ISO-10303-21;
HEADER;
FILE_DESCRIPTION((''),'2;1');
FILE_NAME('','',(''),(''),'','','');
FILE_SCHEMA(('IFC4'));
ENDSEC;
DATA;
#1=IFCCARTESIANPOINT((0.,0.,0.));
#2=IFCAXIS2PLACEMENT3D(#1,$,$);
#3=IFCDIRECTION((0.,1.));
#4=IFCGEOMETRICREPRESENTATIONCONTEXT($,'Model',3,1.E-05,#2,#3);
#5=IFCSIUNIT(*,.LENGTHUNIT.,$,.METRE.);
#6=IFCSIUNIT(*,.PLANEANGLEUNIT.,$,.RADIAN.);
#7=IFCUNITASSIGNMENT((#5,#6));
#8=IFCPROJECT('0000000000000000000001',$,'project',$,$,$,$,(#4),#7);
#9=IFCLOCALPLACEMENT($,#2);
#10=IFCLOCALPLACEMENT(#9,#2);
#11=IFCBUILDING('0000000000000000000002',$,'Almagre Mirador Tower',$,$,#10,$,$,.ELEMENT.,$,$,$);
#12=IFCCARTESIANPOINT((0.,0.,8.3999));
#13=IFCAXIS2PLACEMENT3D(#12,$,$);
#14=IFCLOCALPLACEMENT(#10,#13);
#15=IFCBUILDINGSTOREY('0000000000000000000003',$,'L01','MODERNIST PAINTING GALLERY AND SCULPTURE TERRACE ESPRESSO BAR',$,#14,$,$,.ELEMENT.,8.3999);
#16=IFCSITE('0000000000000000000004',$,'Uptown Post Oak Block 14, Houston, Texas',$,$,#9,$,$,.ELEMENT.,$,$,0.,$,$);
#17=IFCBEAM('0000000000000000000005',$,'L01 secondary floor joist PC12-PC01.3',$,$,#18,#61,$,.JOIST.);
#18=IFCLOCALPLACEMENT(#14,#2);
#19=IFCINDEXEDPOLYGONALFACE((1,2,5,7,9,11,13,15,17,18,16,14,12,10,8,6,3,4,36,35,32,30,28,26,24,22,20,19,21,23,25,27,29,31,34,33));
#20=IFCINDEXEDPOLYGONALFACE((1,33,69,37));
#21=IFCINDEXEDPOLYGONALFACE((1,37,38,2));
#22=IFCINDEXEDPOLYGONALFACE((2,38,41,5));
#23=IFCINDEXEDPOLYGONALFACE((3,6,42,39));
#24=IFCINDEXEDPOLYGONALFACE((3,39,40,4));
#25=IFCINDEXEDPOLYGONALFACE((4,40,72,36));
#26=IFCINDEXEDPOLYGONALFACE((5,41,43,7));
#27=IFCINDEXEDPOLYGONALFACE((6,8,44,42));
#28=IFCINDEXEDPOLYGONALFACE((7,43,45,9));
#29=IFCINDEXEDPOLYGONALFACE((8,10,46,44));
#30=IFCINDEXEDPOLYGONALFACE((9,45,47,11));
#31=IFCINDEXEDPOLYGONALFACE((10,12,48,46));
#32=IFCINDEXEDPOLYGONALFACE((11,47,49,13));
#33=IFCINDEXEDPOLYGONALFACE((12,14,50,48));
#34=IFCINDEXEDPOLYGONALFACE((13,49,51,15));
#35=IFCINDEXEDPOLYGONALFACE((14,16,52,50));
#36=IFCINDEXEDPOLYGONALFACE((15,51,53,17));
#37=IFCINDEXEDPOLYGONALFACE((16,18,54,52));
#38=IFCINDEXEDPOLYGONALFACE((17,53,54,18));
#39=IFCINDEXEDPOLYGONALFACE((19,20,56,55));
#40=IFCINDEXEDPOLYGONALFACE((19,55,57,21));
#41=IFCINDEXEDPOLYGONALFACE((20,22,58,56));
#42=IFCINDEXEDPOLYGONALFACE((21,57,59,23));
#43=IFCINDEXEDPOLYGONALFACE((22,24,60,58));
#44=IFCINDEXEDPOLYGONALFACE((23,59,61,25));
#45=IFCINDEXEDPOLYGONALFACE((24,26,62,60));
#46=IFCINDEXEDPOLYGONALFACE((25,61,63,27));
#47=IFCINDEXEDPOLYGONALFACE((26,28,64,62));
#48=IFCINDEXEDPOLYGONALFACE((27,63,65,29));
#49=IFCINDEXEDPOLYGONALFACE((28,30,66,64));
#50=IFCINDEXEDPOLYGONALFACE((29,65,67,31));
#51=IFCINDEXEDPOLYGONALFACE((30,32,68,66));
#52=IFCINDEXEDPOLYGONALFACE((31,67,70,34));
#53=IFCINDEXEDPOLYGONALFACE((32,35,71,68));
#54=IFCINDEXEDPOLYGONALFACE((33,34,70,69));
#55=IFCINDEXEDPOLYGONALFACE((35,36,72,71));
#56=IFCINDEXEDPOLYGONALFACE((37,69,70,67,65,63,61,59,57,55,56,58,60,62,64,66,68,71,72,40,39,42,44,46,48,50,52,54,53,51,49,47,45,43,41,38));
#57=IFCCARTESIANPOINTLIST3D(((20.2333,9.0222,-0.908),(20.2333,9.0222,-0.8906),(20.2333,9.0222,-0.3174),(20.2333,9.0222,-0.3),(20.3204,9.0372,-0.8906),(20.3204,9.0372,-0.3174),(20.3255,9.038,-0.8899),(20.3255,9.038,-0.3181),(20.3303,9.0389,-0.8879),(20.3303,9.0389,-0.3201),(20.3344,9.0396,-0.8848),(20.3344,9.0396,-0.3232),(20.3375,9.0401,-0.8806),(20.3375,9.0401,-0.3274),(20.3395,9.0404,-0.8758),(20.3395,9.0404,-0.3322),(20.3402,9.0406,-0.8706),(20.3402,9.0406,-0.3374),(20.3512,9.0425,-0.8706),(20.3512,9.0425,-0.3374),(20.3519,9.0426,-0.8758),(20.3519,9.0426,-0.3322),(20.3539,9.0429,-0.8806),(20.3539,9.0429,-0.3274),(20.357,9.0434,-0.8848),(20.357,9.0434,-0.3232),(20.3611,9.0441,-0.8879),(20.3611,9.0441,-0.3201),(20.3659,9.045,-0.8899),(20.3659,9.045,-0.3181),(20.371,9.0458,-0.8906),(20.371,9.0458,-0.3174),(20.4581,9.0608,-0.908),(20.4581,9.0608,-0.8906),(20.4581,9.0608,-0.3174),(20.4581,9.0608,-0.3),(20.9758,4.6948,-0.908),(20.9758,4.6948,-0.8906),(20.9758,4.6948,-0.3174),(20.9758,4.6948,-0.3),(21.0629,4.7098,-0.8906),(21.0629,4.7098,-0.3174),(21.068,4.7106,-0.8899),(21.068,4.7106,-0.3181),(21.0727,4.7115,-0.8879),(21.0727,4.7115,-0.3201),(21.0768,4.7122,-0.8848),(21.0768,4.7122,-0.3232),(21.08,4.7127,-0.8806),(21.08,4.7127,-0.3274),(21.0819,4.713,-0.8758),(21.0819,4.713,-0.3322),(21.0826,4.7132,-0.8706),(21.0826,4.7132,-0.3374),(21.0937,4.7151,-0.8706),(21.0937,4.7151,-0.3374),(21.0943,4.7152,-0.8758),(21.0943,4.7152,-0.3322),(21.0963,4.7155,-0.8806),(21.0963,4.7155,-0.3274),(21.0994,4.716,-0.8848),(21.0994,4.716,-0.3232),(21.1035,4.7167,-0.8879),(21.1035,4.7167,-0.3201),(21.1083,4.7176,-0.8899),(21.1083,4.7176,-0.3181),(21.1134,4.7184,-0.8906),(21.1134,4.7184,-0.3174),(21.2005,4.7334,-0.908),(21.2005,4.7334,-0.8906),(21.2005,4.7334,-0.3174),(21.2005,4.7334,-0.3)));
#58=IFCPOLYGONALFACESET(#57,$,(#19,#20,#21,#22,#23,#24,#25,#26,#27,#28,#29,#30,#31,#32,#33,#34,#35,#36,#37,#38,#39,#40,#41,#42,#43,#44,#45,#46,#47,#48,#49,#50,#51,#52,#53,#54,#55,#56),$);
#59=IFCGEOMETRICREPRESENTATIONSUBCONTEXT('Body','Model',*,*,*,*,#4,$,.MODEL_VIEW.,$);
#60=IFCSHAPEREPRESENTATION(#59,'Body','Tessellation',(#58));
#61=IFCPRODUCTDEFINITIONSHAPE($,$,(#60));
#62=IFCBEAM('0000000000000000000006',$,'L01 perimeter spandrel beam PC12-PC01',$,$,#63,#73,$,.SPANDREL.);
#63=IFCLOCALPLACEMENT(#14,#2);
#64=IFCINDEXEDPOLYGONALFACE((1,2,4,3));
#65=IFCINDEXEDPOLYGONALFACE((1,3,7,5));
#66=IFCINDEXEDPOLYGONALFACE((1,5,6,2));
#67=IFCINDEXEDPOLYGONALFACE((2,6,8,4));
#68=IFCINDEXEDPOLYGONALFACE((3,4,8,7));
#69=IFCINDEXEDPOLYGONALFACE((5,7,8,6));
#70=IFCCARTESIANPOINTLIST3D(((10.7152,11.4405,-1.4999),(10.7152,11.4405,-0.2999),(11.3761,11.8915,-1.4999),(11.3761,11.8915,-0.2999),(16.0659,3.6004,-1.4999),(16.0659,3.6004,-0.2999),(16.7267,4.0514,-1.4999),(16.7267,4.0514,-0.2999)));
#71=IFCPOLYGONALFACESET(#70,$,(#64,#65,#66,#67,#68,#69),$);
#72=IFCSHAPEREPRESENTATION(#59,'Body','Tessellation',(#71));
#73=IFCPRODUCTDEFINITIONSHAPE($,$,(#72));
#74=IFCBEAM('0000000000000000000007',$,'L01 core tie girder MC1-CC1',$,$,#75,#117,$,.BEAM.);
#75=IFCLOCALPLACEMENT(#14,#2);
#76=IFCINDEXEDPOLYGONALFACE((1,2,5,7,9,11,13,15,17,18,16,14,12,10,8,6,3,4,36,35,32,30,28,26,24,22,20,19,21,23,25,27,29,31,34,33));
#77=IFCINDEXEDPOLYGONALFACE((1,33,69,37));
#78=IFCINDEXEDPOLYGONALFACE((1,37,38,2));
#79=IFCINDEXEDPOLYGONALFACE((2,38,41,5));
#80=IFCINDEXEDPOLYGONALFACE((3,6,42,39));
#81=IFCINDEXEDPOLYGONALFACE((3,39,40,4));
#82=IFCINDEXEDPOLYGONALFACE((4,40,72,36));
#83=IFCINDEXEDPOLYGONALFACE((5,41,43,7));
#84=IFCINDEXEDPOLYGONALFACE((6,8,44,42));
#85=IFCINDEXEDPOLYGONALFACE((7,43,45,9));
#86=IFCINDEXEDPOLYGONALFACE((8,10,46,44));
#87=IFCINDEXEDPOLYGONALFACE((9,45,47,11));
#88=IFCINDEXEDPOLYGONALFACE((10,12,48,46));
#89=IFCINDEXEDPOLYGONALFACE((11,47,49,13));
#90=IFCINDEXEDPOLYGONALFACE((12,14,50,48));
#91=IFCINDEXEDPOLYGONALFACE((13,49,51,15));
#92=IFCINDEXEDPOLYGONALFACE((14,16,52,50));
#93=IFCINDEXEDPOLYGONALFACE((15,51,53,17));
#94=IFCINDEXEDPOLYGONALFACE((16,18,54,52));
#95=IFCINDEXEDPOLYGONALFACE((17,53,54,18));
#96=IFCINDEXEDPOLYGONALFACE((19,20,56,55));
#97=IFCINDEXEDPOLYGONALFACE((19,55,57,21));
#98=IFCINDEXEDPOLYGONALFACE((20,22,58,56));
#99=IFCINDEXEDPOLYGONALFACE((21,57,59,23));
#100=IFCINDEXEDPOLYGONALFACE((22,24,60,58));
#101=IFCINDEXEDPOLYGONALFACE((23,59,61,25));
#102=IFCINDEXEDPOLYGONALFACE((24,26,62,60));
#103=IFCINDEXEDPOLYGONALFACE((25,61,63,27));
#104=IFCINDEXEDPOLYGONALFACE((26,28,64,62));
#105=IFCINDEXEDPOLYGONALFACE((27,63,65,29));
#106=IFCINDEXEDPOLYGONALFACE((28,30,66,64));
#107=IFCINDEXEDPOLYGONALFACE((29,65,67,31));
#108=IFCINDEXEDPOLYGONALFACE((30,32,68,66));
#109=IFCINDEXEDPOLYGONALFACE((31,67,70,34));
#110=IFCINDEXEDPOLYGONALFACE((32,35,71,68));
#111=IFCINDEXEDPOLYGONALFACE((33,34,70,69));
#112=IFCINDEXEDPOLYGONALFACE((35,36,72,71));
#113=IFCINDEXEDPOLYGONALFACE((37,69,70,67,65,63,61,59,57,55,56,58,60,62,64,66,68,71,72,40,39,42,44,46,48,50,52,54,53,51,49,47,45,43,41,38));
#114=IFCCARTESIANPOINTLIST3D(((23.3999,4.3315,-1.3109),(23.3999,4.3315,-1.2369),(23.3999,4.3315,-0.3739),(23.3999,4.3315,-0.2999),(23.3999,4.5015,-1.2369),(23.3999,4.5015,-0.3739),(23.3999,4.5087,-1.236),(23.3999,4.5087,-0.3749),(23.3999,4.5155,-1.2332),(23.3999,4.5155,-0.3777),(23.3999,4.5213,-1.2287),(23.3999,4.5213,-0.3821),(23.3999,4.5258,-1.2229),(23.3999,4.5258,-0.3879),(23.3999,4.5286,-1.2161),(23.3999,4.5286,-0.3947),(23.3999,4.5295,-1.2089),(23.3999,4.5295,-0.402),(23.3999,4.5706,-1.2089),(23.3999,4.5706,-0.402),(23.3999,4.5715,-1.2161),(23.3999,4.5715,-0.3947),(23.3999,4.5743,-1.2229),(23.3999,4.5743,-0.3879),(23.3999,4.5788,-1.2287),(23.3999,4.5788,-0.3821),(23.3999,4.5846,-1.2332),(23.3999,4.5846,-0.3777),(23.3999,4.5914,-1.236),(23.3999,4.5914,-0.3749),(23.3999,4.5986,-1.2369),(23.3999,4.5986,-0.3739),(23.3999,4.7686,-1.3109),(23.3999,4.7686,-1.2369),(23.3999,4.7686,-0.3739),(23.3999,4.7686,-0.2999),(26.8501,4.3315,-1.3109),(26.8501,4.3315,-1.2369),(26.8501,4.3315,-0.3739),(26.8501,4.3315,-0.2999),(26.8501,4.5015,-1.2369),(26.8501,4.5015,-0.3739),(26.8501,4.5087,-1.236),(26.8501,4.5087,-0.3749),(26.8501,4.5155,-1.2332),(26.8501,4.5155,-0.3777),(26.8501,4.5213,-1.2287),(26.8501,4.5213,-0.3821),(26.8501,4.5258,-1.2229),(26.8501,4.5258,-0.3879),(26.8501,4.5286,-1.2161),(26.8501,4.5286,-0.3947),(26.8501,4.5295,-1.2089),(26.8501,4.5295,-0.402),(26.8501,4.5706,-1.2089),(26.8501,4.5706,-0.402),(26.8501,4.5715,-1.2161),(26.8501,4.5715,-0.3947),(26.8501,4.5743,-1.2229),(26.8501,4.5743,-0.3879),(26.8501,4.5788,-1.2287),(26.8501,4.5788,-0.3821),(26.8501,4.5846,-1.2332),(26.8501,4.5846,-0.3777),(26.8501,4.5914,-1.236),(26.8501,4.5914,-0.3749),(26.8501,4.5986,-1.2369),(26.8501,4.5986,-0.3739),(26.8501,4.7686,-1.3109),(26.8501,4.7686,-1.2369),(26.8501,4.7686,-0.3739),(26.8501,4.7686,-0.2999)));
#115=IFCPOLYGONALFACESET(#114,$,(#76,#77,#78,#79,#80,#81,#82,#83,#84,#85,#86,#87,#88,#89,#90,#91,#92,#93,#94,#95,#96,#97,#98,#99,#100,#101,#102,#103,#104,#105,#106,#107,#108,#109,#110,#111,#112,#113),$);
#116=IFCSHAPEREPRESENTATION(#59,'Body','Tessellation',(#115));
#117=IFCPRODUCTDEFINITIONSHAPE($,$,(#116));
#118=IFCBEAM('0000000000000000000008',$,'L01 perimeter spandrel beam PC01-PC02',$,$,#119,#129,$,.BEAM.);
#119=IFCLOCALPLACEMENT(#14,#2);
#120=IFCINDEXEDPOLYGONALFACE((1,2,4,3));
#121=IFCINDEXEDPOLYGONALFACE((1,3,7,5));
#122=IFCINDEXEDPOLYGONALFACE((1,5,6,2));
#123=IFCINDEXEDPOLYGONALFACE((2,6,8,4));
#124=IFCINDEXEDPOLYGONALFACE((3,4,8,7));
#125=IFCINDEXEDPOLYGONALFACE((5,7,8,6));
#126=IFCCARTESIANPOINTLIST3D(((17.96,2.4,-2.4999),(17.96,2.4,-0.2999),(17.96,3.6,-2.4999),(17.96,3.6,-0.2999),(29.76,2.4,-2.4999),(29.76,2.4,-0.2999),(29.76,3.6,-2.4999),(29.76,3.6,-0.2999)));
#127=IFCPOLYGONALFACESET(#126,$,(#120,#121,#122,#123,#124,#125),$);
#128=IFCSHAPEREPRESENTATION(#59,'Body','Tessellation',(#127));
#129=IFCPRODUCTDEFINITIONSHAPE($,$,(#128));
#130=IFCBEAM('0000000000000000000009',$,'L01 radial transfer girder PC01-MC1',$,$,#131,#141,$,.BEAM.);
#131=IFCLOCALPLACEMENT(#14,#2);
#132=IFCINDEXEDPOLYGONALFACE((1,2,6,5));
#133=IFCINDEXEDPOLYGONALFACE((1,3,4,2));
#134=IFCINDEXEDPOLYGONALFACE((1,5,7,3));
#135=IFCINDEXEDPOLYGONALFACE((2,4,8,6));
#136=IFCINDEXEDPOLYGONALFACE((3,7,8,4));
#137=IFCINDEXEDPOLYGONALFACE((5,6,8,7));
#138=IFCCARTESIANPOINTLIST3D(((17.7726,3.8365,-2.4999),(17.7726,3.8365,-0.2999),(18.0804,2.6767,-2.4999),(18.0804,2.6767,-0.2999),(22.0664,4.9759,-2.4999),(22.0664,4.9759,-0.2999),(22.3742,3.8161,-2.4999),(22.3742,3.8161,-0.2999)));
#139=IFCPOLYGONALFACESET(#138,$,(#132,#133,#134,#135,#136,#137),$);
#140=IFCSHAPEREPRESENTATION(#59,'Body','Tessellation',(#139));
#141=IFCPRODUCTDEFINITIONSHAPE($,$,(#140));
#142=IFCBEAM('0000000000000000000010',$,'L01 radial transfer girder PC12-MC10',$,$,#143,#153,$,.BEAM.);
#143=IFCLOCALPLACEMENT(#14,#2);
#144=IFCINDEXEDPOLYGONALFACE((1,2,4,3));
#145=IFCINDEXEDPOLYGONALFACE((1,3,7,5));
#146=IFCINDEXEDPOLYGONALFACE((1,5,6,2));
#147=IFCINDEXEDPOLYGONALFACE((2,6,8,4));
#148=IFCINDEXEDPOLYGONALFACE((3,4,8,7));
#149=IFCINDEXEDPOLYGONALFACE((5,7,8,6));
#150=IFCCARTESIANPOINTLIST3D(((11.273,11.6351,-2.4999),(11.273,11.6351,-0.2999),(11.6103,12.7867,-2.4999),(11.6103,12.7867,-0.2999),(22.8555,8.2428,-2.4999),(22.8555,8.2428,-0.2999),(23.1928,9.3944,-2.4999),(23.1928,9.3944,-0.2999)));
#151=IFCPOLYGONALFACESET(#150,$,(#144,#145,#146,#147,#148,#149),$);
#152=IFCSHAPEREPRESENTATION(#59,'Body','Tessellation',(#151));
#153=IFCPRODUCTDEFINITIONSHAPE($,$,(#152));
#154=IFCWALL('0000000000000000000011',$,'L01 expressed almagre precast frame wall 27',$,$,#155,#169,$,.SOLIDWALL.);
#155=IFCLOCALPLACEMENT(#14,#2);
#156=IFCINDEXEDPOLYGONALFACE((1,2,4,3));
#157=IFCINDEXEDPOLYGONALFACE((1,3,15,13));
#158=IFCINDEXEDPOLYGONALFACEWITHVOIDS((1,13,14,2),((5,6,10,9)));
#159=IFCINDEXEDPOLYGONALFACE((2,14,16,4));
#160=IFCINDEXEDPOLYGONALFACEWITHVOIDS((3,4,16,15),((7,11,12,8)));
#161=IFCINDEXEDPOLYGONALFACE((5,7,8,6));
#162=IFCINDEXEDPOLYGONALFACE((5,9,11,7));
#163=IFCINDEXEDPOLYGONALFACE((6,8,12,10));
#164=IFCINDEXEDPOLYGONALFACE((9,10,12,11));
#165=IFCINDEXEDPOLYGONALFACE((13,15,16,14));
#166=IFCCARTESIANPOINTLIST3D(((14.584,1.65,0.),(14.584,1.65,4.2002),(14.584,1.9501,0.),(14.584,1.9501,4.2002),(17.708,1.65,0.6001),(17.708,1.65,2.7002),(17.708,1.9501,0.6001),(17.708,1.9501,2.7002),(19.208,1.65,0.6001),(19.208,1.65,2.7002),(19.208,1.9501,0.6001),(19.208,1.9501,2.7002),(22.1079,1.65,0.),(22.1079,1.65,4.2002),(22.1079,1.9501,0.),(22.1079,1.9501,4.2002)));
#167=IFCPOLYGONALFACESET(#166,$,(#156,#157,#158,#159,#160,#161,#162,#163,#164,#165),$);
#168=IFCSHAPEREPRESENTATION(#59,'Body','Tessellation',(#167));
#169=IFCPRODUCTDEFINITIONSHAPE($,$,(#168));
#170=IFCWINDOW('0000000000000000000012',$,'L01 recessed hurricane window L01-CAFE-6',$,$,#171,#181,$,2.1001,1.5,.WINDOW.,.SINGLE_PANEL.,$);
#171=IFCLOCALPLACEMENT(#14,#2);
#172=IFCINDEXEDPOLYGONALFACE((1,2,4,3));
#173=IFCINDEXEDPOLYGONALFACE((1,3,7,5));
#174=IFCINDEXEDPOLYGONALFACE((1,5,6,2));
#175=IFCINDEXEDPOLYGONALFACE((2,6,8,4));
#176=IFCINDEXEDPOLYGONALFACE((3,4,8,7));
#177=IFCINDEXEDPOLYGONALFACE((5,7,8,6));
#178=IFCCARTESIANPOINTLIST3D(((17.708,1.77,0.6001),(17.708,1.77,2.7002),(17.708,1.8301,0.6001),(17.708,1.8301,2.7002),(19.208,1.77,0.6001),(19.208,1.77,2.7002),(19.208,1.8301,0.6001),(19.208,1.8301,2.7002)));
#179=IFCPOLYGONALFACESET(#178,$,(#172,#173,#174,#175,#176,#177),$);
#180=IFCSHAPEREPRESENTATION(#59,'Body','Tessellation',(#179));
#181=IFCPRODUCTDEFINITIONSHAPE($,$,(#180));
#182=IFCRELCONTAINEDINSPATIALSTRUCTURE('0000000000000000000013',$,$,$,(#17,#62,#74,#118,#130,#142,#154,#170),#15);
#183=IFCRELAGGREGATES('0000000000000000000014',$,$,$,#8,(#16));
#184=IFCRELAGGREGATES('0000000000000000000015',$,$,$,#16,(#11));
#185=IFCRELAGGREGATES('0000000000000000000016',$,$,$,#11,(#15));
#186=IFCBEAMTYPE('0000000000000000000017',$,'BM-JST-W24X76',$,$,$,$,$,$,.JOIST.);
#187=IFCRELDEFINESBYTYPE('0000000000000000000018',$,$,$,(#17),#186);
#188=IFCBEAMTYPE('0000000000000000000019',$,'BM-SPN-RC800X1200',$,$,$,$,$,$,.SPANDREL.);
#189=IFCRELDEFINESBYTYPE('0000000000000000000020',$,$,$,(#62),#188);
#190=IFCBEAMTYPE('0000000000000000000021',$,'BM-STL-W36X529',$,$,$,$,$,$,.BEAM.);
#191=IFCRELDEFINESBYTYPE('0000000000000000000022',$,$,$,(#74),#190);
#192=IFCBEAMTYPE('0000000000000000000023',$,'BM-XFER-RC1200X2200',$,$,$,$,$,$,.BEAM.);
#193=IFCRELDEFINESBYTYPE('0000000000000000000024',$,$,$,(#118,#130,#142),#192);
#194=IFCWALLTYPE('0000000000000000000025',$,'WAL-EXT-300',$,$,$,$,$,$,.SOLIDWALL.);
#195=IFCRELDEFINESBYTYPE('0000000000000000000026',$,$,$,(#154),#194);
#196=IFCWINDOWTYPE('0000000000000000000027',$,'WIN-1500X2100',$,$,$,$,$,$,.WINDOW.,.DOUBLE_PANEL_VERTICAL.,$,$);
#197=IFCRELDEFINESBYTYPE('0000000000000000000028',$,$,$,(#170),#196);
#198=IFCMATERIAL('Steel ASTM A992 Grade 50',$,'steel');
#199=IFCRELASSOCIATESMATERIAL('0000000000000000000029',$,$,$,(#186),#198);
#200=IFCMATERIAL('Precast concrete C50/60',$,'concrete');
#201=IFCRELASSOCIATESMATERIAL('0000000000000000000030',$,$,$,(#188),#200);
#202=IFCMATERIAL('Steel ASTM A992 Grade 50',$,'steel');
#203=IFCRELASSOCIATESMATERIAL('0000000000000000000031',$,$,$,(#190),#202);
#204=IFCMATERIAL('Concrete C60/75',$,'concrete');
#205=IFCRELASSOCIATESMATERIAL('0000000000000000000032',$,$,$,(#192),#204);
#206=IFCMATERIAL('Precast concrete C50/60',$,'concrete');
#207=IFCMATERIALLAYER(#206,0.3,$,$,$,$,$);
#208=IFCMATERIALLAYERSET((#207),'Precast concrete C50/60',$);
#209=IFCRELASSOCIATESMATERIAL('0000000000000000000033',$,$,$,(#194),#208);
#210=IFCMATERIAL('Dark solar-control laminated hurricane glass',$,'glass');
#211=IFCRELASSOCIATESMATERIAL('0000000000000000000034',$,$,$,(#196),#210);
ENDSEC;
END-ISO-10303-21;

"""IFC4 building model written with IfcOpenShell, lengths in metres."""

from ifc_helpers import new_model, si_unit, direction, frame, frame_2d, origin, origin_2d, place, context, subcontext, project, spatial, rectangle, i_section, extrude, material, layer, layer_set, material_profile, profile_set, type_object, element, fill, save


model = new_model("IFC4")

# Units and contexts
model_context = context("Model", 3, precision=1e-05, world=origin(), true_north=direction((0.0, 1.0)))
body_context = subcontext(model_context, "Body", "Model", "MODEL_VIEW")
ifc_project = project(units=[si_unit("LENGTHUNIT", "METRE"), si_unit("PLANEANGLEUNIT", "RADIAN")], contexts=[model_context])

# Site, building, storey
site_placement = place(None, origin())
site = spatial("IfcSite", under=ifc_project, at=site_placement, Name="Uptown Post Oak Block 14, Houston, Texas", CompositionType="ELEMENT", RefElevation=0.0)
building_placement = place(site_placement, origin())
building = spatial("IfcBuilding", under=site, at=building_placement, Name="Almagre Mirador Tower", CompositionType="ELEMENT")
storey_placement = place(building_placement, frame((0.0, 0.0, 8.3999)))
storey = spatial("IfcBuildingStorey", under=building, at=storey_placement, Name="L01", Description="MODERNIST PAINTING GALLERY AND SCULPTURE TERRACE ESPRESSO BAR", CompositionType="ELEMENT", Elevation=8.3999)

# Beams
ifc_material_1 = material(Name="Steel ASTM A992 Grade 50", Category="steel")
ifc_material_profile_1 = material_profile(ifc_material_1, i_section(OverallWidth=0.228, OverallDepth=0.6079, WebThickness=0.0112, FlangeThickness=0.0173, FilletRadius=0.02, at=origin_2d()), Name="W24X76")
ifc_profile_set_1 = profile_set([ifc_material_profile_1], Name="Steel ASTM A992 Grade 50")
beam_type_1 = type_object("IfcBeamType", Name="BM-JST-W24X76", PredefinedType="JOIST", material=ifc_profile_set_1)
beam_1_placement = place(storey_placement, frame((20.3457, 9.0415, -0.604), z_axis=(0.169095, -0.9856, 0.0), x_axis=(0.9856, 0.169095, 0.0)))
element("IfcBeam", 1, at=beam_1_placement, inside=storey, type_object=beam_type_1, Name="L01 secondary floor joist PC12-PC01.3", PredefinedType="JOIST", context=body_context, shape_type="SweptSolid", body=[
    extrude(i_section(OverallWidth=0.228, OverallDepth=0.6079, WebThickness=0.0112, FlangeThickness=0.0173, FilletRadius=0.02, at=origin_2d()), origin(), (0.0, 0.0, 1.0), 4.3906),
])
ifc_material_2 = material(Name="Precast concrete C50/60", Category="concrete")
ifc_material_profile_2 = material_profile(ifc_material_2, rectangle(XDim=0.8, YDim=1.2, at=origin_2d()), Name="RC800X1200")
ifc_profile_set_2 = profile_set([ifc_material_profile_2], Name="Precast concrete C50/60")
beam_type_2 = type_object("IfcBeamType", Name="BM-SPN-RC800X1200", PredefinedType="SPANDREL", material=ifc_profile_set_2)
beam_2_placement = place(storey_placement, frame((11.0457, 11.666, -0.8999), z_axis=(0.563702, -0.825979, 0.0), x_axis=(0.825979, 0.563702, 0.0)))
element("IfcBeam", 2, at=beam_2_placement, inside=storey, type_object=beam_type_2, Name="L01 perimeter spandrel beam PC12-PC01", PredefinedType="SPANDREL", context=body_context, shape_type="SweptSolid", body=[
    extrude(rectangle(XDim=0.8, YDim=1.2, at=origin_2d()), origin(), (0.0, 0.0, 1.0), 9.4919),
])
ifc_material_3 = material(Name="Steel ASTM A992 Grade 50", Category="steel")
ifc_material_profile_3 = material_profile(ifc_material_3, i_section(OverallWidth=0.437, OverallDepth=1.011, WebThickness=0.041, FlangeThickness=0.074, FilletRadius=0.0281, at=origin_2d()), Name="W36X529")
ifc_profile_set_3 = profile_set([ifc_material_profile_3], Name="Steel ASTM A992 Grade 50")
beam_type_3 = type_object("IfcBeamType", Name="BM-STL-W36X529", PredefinedType="BEAM", material=ifc_profile_set_3)
beam_3_placement = place(storey_placement, frame((23.3999, 4.55, -0.8054), z_axis=(1.0, 0.0, 0.0), x_axis=(0.0, 1.0, 0.0)))
element("IfcBeam", 3, at=beam_3_placement, inside=storey, type_object=beam_type_3, Name="L01 core tie girder MC1-CC1", PredefinedType="BEAM", context=body_context, shape_type="SweptSolid", body=[
    extrude(i_section(OverallWidth=0.437, OverallDepth=1.011, WebThickness=0.041, FlangeThickness=0.074, FilletRadius=0.0281, at=origin_2d()), origin(), (0.0, 0.0, 1.0), 3.4502),
])
ifc_material_4 = material(Name="Concrete C60/75", Category="concrete")
ifc_material_profile_4 = material_profile(ifc_material_4, rectangle(XDim=1.2, YDim=2.2, at=origin_2d()), Name="RC1200X2200")
ifc_profile_set_4 = profile_set([ifc_material_profile_4], Name="Concrete C60/75")
beam_type_4 = type_object("IfcBeamType", Name="BM-XFER-RC1200X2200", PredefinedType="BEAM", material=ifc_profile_set_4)
beam_4_placement = place(storey_placement, frame((17.96, 3.0, -1.3999), z_axis=(1.0, 0.0, 0.0), x_axis=(0.0, 1.0, 0.0)))
element("IfcBeam", 4, at=beam_4_placement, inside=storey, type_object=beam_type_4, Name="L01 perimeter spandrel beam PC01-PC02", PredefinedType="BEAM", context=body_context, shape_type="SweptSolid", body=[
    extrude(rectangle(XDim=1.2, YDim=2.2, at=origin_2d()), origin(), (0.0, 0.0, 1.0), 11.8),
])
beam_5_placement = place(storey_placement, frame((17.9265, 3.2566, -1.3999), z_axis=(0.966547, 0.256489, 0.0), x_axis=(-0.256489, 0.966547, 0.0)))
element("IfcBeam", 5, at=beam_5_placement, inside=storey, type_object=beam_type_4, Name="L01 radial transfer girder PC01-MC1", PredefinedType="BEAM", context=body_context, shape_type="SweptSolid", body=[
    extrude(rectangle(XDim=1.2, YDim=2.2, at=origin_2d()), origin(), (0.0, 0.0, 1.0), 4.4424),
])
beam_6_placement = place(storey_placement, frame((11.4417, 12.2109, -1.3999), z_axis=(0.959685, -0.281076, 0.0), x_axis=(0.281076, 0.959685, 0.0)))
element("IfcBeam", 6, at=beam_6_placement, inside=storey, type_object=beam_type_4, Name="L01 radial transfer girder PC12-MC10", PredefinedType="BEAM", context=body_context, shape_type="SweptSolid", body=[
    extrude(rectangle(XDim=1.2, YDim=2.2, at=origin_2d()), origin(), (0.0, 0.0, 1.0), 12.0691),
])

# Wall, opening, window
ifc_material_5 = material(Name="Precast concrete C50/60", Category="concrete")
ifc_layer_1 = layer(ifc_material_5, 0.3)
ifc_layer_set_1 = layer_set([ifc_layer_1], Name="Precast concrete C50/60")
wall_type_1 = type_object("IfcWallType", Name="WAL-EXT-300", PredefinedType="SOLIDWALL", material=ifc_layer_set_1)
wall_1_placement = place(storey_placement, frame((22.1079, 1.8, 0.0), z_axis=(0.0, 0.0, 1.0), x_axis=(-1.0, 0.0, 0.0)))
wall_1 = element("IfcWall", 7, at=wall_1_placement, inside=storey, type_object=wall_type_1, Name="L01 expressed almagre precast frame wall 27", PredefinedType="SOLIDWALL", context=body_context, shape_type="SweptSolid", body=[
    extrude(rectangle(XDim=7.5239, YDim=0.3, at=frame_2d((3.762, 0.0))), origin(), (0.0, 0.0, 1.0), 4.2002),
])
opening_1_placement = place(wall_1_placement, frame((2.8999, 0.0, 0.6001)))
opening_1 = element("IfcOpeningElement", 8, at=opening_1_placement, cuts=wall_1, PredefinedType="OPENING", context=body_context, shape_type="SweptSolid", body=[
    extrude(rectangle(XDim=1.5, YDim=2.1001, at=frame_2d((0.75, 1.05))), frame((0.0, 0.1599, 0.0), z_axis=(0.0, -1.0, 0.0), x_axis=(1.0, 0.0, 0.0)), (0.0, 0.0, 1.0), 0.32),
])
ifc_material_6 = material(Name="Dark solar-control laminated hurricane glass", Category="glass")
window_type_1 = type_object("IfcWindowType", Name="WIN-1500X2100", PartitioningType="DOUBLE_PANEL_VERTICAL", PredefinedType="WINDOW", material=ifc_material_6)
window_1_placement = place(opening_1_placement, origin())
window_1 = element("IfcWindow", 9, at=window_1_placement, inside=storey, type_object=window_type_1, Name="L01 recessed hurricane window L01-CAFE-6", OverallHeight=2.1001, OverallWidth=1.5, PartitioningType="SINGLE_PANEL", PredefinedType="WINDOW", context=body_context, shape_type="SweptSolid", body=[
    extrude(rectangle(XDim=1.5, YDim=2.1001, at=frame_2d((0.75, 1.05))), frame((0.0, 0.03, 0.0), z_axis=(0.0, -1.0, 0.0), x_axis=(1.0, 0.0, 0.0)), (0.0, 0.0, 1.0), 0.0601),
])
fill(opening_1, window_1)

save(model, "model.ifc")
